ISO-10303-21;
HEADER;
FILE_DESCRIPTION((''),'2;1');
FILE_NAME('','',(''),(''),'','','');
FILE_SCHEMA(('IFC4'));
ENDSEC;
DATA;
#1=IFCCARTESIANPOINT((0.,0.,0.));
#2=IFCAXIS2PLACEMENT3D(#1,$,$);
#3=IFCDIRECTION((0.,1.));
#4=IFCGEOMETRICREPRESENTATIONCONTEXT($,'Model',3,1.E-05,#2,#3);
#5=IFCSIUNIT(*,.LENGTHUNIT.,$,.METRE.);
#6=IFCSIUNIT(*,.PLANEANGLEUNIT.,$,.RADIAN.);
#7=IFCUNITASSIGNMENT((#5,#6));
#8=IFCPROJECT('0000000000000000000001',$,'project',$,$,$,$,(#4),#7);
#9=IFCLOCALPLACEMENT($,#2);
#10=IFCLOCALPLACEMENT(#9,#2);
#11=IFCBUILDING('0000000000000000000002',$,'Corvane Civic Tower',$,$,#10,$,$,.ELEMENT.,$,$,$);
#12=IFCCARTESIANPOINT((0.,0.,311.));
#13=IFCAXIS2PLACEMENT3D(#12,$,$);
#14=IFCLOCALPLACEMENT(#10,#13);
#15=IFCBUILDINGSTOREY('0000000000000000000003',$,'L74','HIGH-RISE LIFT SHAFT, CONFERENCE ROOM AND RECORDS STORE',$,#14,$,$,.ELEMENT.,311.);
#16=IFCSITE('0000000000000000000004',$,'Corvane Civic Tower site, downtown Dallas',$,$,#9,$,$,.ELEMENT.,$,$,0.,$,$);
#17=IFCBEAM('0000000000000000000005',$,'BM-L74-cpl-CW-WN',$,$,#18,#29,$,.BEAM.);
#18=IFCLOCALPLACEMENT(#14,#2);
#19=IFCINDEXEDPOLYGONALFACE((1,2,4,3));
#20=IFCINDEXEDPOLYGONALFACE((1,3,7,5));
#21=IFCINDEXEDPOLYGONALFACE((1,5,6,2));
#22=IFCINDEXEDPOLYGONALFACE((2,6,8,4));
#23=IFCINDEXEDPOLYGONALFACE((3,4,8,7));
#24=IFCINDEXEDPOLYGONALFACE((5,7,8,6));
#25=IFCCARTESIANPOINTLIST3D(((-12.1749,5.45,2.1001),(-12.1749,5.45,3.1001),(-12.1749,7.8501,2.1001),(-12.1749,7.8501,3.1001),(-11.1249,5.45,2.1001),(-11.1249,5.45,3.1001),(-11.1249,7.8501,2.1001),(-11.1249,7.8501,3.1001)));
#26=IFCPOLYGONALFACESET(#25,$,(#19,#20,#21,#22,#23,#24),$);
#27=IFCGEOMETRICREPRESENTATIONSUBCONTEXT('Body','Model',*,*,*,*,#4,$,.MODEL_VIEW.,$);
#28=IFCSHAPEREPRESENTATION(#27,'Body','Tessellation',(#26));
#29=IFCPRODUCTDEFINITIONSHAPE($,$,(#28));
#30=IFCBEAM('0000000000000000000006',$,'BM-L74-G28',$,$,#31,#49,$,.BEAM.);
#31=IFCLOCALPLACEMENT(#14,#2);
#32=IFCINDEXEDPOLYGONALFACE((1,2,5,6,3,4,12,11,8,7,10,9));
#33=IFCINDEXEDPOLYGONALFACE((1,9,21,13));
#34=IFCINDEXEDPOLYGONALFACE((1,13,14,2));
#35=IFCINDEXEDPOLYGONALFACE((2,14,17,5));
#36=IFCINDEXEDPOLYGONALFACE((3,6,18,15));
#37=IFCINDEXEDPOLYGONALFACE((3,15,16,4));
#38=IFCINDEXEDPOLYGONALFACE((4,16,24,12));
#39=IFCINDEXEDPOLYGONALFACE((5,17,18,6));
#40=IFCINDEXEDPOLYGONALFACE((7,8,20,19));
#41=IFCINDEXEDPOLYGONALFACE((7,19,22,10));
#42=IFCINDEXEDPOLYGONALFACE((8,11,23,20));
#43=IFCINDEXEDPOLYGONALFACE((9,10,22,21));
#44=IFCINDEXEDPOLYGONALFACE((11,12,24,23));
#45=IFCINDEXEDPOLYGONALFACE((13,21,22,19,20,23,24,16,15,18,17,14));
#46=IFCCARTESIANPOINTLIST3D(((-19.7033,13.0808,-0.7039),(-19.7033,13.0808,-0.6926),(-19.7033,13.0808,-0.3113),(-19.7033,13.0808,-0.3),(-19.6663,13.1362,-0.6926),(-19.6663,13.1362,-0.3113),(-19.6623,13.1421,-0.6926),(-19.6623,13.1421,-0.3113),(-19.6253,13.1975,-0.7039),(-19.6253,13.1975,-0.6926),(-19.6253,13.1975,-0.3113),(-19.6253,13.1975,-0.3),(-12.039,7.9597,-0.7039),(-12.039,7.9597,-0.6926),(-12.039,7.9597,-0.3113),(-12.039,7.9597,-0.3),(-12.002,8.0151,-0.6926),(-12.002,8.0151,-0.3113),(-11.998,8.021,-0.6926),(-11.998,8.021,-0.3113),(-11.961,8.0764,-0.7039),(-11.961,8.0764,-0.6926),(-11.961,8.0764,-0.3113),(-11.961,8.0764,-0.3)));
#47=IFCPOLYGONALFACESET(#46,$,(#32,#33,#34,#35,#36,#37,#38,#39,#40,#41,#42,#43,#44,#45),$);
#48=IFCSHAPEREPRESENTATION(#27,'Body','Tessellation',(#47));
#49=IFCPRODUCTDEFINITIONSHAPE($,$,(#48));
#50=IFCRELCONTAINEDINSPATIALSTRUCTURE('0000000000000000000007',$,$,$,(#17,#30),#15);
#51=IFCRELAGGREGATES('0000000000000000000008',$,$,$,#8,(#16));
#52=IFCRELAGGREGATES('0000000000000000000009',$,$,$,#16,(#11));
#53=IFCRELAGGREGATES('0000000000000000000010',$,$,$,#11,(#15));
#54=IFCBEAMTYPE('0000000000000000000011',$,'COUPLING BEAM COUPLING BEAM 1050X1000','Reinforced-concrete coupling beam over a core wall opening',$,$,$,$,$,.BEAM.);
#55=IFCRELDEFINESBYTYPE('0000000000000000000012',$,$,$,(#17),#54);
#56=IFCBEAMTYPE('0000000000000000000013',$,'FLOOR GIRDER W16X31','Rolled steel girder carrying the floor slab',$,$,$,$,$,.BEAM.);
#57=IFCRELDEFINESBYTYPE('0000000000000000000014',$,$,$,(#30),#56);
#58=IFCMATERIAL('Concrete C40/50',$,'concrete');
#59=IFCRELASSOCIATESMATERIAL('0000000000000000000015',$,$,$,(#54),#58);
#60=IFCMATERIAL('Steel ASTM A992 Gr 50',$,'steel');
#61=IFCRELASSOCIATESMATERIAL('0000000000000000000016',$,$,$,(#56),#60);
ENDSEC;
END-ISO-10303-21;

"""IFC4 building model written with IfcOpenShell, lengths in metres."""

from ifc_helpers import new_model, si_unit, direction, frame, origin, origin_2d, place, context, subcontext, project, spatial, rectangle, i_section, extrude, material, material_profile, profile_set, type_object, element, save


model = new_model("IFC4")

# Units and contexts
model_context = context("Model", 3, precision=1e-05, world=origin(), true_north=direction((0.0, 1.0)))
body_context = subcontext(model_context, "Body", "Model", "MODEL_VIEW")
ifc_project = project(units=[si_unit("LENGTHUNIT", "METRE"), si_unit("PLANEANGLEUNIT", "RADIAN")], contexts=[model_context])

# Site, building, storey
site_placement = place(None, origin())
site = spatial("IfcSite", under=ifc_project, at=site_placement, Name="Corvane Civic Tower site, downtown Dallas", CompositionType="ELEMENT", RefElevation=0.0)
building_placement = place(site_placement, origin())
building = spatial("IfcBuilding", under=site, at=building_placement, Name="Corvane Civic Tower", CompositionType="ELEMENT")
storey_placement = place(building_placement, frame((0.0, 0.0, 311.0)))
storey = spatial("IfcBuildingStorey", under=building, at=storey_placement, Name="L74", Description="HIGH-RISE LIFT SHAFT, CONFERENCE ROOM AND RECORDS STORE", CompositionType="ELEMENT", Elevation=311.0)

# Beams
ifc_material_1 = material(Name="Concrete C40/50", Category="concrete")
ifc_material_profile_1 = material_profile(ifc_material_1, rectangle(XDim=1.05, YDim=1.0, at=origin_2d()), Name="COUPLING BEAM 1050X1000")
ifc_profile_set_1 = profile_set([ifc_material_profile_1], Name="Concrete C40/50")
beam_type_1 = type_object("IfcBeamType", Name="COUPLING BEAM COUPLING BEAM 1050X1000", Description="Reinforced-concrete coupling beam over a core wall opening", PredefinedType="BEAM", material=ifc_profile_set_1)
beam_1_placement = place(storey_placement, frame((-11.6499, 5.45, 2.6001), z_axis=(0.0, 1.0, 0.0), x_axis=(-1.0, 0.0, 0.0)))
element("IfcBeam", 1, at=beam_1_placement, inside=storey, type_object=beam_type_1, Name="BM-L74-cpl-CW-WN", PredefinedType="BEAM", context=body_context, shape_type="SweptSolid", body=[
    extrude(rectangle(XDim=1.05, YDim=1.0, at=origin_2d()), origin(), (0.0, 0.0, 1.0), 2.4001),
])
ifc_material_2 = material(Name="Steel ASTM A992 Gr 50", Category="steel")
ifc_material_profile_2 = material_profile(ifc_material_2, i_section(OverallWidth=0.1404, OverallDepth=0.4038, WebThickness=0.0071, FlangeThickness=0.0112, at=origin_2d()), Name="W16X31")
ifc_profile_set_2 = profile_set([ifc_material_profile_2], Name="Steel ASTM A992 Gr 50")
beam_type_2 = type_object("IfcBeamType", Name="FLOOR GIRDER W16X31", Description="Rolled steel girder carrying the floor slab", PredefinedType="BEAM", material=ifc_profile_set_2)
beam_2_placement = place(storey_placement, frame((-12.0, 8.0181, -0.502), z_axis=(-0.831471, 0.555568, 0.0), x_axis=(-0.555568, -0.831471, 0.0)))
element("IfcBeam", 2, at=beam_2_placement, inside=storey, type_object=beam_type_2, Name="BM-L74-G28", PredefinedType="BEAM", context=body_context, shape_type="SweptSolid", body=[
    extrude(i_section(OverallWidth=0.1404, OverallDepth=0.4038, WebThickness=0.0071, FlangeThickness=0.0112, at=origin_2d()), origin(), (0.0, 0.0, 1.0), 9.2178),
])

save(model, "model.ifc")
